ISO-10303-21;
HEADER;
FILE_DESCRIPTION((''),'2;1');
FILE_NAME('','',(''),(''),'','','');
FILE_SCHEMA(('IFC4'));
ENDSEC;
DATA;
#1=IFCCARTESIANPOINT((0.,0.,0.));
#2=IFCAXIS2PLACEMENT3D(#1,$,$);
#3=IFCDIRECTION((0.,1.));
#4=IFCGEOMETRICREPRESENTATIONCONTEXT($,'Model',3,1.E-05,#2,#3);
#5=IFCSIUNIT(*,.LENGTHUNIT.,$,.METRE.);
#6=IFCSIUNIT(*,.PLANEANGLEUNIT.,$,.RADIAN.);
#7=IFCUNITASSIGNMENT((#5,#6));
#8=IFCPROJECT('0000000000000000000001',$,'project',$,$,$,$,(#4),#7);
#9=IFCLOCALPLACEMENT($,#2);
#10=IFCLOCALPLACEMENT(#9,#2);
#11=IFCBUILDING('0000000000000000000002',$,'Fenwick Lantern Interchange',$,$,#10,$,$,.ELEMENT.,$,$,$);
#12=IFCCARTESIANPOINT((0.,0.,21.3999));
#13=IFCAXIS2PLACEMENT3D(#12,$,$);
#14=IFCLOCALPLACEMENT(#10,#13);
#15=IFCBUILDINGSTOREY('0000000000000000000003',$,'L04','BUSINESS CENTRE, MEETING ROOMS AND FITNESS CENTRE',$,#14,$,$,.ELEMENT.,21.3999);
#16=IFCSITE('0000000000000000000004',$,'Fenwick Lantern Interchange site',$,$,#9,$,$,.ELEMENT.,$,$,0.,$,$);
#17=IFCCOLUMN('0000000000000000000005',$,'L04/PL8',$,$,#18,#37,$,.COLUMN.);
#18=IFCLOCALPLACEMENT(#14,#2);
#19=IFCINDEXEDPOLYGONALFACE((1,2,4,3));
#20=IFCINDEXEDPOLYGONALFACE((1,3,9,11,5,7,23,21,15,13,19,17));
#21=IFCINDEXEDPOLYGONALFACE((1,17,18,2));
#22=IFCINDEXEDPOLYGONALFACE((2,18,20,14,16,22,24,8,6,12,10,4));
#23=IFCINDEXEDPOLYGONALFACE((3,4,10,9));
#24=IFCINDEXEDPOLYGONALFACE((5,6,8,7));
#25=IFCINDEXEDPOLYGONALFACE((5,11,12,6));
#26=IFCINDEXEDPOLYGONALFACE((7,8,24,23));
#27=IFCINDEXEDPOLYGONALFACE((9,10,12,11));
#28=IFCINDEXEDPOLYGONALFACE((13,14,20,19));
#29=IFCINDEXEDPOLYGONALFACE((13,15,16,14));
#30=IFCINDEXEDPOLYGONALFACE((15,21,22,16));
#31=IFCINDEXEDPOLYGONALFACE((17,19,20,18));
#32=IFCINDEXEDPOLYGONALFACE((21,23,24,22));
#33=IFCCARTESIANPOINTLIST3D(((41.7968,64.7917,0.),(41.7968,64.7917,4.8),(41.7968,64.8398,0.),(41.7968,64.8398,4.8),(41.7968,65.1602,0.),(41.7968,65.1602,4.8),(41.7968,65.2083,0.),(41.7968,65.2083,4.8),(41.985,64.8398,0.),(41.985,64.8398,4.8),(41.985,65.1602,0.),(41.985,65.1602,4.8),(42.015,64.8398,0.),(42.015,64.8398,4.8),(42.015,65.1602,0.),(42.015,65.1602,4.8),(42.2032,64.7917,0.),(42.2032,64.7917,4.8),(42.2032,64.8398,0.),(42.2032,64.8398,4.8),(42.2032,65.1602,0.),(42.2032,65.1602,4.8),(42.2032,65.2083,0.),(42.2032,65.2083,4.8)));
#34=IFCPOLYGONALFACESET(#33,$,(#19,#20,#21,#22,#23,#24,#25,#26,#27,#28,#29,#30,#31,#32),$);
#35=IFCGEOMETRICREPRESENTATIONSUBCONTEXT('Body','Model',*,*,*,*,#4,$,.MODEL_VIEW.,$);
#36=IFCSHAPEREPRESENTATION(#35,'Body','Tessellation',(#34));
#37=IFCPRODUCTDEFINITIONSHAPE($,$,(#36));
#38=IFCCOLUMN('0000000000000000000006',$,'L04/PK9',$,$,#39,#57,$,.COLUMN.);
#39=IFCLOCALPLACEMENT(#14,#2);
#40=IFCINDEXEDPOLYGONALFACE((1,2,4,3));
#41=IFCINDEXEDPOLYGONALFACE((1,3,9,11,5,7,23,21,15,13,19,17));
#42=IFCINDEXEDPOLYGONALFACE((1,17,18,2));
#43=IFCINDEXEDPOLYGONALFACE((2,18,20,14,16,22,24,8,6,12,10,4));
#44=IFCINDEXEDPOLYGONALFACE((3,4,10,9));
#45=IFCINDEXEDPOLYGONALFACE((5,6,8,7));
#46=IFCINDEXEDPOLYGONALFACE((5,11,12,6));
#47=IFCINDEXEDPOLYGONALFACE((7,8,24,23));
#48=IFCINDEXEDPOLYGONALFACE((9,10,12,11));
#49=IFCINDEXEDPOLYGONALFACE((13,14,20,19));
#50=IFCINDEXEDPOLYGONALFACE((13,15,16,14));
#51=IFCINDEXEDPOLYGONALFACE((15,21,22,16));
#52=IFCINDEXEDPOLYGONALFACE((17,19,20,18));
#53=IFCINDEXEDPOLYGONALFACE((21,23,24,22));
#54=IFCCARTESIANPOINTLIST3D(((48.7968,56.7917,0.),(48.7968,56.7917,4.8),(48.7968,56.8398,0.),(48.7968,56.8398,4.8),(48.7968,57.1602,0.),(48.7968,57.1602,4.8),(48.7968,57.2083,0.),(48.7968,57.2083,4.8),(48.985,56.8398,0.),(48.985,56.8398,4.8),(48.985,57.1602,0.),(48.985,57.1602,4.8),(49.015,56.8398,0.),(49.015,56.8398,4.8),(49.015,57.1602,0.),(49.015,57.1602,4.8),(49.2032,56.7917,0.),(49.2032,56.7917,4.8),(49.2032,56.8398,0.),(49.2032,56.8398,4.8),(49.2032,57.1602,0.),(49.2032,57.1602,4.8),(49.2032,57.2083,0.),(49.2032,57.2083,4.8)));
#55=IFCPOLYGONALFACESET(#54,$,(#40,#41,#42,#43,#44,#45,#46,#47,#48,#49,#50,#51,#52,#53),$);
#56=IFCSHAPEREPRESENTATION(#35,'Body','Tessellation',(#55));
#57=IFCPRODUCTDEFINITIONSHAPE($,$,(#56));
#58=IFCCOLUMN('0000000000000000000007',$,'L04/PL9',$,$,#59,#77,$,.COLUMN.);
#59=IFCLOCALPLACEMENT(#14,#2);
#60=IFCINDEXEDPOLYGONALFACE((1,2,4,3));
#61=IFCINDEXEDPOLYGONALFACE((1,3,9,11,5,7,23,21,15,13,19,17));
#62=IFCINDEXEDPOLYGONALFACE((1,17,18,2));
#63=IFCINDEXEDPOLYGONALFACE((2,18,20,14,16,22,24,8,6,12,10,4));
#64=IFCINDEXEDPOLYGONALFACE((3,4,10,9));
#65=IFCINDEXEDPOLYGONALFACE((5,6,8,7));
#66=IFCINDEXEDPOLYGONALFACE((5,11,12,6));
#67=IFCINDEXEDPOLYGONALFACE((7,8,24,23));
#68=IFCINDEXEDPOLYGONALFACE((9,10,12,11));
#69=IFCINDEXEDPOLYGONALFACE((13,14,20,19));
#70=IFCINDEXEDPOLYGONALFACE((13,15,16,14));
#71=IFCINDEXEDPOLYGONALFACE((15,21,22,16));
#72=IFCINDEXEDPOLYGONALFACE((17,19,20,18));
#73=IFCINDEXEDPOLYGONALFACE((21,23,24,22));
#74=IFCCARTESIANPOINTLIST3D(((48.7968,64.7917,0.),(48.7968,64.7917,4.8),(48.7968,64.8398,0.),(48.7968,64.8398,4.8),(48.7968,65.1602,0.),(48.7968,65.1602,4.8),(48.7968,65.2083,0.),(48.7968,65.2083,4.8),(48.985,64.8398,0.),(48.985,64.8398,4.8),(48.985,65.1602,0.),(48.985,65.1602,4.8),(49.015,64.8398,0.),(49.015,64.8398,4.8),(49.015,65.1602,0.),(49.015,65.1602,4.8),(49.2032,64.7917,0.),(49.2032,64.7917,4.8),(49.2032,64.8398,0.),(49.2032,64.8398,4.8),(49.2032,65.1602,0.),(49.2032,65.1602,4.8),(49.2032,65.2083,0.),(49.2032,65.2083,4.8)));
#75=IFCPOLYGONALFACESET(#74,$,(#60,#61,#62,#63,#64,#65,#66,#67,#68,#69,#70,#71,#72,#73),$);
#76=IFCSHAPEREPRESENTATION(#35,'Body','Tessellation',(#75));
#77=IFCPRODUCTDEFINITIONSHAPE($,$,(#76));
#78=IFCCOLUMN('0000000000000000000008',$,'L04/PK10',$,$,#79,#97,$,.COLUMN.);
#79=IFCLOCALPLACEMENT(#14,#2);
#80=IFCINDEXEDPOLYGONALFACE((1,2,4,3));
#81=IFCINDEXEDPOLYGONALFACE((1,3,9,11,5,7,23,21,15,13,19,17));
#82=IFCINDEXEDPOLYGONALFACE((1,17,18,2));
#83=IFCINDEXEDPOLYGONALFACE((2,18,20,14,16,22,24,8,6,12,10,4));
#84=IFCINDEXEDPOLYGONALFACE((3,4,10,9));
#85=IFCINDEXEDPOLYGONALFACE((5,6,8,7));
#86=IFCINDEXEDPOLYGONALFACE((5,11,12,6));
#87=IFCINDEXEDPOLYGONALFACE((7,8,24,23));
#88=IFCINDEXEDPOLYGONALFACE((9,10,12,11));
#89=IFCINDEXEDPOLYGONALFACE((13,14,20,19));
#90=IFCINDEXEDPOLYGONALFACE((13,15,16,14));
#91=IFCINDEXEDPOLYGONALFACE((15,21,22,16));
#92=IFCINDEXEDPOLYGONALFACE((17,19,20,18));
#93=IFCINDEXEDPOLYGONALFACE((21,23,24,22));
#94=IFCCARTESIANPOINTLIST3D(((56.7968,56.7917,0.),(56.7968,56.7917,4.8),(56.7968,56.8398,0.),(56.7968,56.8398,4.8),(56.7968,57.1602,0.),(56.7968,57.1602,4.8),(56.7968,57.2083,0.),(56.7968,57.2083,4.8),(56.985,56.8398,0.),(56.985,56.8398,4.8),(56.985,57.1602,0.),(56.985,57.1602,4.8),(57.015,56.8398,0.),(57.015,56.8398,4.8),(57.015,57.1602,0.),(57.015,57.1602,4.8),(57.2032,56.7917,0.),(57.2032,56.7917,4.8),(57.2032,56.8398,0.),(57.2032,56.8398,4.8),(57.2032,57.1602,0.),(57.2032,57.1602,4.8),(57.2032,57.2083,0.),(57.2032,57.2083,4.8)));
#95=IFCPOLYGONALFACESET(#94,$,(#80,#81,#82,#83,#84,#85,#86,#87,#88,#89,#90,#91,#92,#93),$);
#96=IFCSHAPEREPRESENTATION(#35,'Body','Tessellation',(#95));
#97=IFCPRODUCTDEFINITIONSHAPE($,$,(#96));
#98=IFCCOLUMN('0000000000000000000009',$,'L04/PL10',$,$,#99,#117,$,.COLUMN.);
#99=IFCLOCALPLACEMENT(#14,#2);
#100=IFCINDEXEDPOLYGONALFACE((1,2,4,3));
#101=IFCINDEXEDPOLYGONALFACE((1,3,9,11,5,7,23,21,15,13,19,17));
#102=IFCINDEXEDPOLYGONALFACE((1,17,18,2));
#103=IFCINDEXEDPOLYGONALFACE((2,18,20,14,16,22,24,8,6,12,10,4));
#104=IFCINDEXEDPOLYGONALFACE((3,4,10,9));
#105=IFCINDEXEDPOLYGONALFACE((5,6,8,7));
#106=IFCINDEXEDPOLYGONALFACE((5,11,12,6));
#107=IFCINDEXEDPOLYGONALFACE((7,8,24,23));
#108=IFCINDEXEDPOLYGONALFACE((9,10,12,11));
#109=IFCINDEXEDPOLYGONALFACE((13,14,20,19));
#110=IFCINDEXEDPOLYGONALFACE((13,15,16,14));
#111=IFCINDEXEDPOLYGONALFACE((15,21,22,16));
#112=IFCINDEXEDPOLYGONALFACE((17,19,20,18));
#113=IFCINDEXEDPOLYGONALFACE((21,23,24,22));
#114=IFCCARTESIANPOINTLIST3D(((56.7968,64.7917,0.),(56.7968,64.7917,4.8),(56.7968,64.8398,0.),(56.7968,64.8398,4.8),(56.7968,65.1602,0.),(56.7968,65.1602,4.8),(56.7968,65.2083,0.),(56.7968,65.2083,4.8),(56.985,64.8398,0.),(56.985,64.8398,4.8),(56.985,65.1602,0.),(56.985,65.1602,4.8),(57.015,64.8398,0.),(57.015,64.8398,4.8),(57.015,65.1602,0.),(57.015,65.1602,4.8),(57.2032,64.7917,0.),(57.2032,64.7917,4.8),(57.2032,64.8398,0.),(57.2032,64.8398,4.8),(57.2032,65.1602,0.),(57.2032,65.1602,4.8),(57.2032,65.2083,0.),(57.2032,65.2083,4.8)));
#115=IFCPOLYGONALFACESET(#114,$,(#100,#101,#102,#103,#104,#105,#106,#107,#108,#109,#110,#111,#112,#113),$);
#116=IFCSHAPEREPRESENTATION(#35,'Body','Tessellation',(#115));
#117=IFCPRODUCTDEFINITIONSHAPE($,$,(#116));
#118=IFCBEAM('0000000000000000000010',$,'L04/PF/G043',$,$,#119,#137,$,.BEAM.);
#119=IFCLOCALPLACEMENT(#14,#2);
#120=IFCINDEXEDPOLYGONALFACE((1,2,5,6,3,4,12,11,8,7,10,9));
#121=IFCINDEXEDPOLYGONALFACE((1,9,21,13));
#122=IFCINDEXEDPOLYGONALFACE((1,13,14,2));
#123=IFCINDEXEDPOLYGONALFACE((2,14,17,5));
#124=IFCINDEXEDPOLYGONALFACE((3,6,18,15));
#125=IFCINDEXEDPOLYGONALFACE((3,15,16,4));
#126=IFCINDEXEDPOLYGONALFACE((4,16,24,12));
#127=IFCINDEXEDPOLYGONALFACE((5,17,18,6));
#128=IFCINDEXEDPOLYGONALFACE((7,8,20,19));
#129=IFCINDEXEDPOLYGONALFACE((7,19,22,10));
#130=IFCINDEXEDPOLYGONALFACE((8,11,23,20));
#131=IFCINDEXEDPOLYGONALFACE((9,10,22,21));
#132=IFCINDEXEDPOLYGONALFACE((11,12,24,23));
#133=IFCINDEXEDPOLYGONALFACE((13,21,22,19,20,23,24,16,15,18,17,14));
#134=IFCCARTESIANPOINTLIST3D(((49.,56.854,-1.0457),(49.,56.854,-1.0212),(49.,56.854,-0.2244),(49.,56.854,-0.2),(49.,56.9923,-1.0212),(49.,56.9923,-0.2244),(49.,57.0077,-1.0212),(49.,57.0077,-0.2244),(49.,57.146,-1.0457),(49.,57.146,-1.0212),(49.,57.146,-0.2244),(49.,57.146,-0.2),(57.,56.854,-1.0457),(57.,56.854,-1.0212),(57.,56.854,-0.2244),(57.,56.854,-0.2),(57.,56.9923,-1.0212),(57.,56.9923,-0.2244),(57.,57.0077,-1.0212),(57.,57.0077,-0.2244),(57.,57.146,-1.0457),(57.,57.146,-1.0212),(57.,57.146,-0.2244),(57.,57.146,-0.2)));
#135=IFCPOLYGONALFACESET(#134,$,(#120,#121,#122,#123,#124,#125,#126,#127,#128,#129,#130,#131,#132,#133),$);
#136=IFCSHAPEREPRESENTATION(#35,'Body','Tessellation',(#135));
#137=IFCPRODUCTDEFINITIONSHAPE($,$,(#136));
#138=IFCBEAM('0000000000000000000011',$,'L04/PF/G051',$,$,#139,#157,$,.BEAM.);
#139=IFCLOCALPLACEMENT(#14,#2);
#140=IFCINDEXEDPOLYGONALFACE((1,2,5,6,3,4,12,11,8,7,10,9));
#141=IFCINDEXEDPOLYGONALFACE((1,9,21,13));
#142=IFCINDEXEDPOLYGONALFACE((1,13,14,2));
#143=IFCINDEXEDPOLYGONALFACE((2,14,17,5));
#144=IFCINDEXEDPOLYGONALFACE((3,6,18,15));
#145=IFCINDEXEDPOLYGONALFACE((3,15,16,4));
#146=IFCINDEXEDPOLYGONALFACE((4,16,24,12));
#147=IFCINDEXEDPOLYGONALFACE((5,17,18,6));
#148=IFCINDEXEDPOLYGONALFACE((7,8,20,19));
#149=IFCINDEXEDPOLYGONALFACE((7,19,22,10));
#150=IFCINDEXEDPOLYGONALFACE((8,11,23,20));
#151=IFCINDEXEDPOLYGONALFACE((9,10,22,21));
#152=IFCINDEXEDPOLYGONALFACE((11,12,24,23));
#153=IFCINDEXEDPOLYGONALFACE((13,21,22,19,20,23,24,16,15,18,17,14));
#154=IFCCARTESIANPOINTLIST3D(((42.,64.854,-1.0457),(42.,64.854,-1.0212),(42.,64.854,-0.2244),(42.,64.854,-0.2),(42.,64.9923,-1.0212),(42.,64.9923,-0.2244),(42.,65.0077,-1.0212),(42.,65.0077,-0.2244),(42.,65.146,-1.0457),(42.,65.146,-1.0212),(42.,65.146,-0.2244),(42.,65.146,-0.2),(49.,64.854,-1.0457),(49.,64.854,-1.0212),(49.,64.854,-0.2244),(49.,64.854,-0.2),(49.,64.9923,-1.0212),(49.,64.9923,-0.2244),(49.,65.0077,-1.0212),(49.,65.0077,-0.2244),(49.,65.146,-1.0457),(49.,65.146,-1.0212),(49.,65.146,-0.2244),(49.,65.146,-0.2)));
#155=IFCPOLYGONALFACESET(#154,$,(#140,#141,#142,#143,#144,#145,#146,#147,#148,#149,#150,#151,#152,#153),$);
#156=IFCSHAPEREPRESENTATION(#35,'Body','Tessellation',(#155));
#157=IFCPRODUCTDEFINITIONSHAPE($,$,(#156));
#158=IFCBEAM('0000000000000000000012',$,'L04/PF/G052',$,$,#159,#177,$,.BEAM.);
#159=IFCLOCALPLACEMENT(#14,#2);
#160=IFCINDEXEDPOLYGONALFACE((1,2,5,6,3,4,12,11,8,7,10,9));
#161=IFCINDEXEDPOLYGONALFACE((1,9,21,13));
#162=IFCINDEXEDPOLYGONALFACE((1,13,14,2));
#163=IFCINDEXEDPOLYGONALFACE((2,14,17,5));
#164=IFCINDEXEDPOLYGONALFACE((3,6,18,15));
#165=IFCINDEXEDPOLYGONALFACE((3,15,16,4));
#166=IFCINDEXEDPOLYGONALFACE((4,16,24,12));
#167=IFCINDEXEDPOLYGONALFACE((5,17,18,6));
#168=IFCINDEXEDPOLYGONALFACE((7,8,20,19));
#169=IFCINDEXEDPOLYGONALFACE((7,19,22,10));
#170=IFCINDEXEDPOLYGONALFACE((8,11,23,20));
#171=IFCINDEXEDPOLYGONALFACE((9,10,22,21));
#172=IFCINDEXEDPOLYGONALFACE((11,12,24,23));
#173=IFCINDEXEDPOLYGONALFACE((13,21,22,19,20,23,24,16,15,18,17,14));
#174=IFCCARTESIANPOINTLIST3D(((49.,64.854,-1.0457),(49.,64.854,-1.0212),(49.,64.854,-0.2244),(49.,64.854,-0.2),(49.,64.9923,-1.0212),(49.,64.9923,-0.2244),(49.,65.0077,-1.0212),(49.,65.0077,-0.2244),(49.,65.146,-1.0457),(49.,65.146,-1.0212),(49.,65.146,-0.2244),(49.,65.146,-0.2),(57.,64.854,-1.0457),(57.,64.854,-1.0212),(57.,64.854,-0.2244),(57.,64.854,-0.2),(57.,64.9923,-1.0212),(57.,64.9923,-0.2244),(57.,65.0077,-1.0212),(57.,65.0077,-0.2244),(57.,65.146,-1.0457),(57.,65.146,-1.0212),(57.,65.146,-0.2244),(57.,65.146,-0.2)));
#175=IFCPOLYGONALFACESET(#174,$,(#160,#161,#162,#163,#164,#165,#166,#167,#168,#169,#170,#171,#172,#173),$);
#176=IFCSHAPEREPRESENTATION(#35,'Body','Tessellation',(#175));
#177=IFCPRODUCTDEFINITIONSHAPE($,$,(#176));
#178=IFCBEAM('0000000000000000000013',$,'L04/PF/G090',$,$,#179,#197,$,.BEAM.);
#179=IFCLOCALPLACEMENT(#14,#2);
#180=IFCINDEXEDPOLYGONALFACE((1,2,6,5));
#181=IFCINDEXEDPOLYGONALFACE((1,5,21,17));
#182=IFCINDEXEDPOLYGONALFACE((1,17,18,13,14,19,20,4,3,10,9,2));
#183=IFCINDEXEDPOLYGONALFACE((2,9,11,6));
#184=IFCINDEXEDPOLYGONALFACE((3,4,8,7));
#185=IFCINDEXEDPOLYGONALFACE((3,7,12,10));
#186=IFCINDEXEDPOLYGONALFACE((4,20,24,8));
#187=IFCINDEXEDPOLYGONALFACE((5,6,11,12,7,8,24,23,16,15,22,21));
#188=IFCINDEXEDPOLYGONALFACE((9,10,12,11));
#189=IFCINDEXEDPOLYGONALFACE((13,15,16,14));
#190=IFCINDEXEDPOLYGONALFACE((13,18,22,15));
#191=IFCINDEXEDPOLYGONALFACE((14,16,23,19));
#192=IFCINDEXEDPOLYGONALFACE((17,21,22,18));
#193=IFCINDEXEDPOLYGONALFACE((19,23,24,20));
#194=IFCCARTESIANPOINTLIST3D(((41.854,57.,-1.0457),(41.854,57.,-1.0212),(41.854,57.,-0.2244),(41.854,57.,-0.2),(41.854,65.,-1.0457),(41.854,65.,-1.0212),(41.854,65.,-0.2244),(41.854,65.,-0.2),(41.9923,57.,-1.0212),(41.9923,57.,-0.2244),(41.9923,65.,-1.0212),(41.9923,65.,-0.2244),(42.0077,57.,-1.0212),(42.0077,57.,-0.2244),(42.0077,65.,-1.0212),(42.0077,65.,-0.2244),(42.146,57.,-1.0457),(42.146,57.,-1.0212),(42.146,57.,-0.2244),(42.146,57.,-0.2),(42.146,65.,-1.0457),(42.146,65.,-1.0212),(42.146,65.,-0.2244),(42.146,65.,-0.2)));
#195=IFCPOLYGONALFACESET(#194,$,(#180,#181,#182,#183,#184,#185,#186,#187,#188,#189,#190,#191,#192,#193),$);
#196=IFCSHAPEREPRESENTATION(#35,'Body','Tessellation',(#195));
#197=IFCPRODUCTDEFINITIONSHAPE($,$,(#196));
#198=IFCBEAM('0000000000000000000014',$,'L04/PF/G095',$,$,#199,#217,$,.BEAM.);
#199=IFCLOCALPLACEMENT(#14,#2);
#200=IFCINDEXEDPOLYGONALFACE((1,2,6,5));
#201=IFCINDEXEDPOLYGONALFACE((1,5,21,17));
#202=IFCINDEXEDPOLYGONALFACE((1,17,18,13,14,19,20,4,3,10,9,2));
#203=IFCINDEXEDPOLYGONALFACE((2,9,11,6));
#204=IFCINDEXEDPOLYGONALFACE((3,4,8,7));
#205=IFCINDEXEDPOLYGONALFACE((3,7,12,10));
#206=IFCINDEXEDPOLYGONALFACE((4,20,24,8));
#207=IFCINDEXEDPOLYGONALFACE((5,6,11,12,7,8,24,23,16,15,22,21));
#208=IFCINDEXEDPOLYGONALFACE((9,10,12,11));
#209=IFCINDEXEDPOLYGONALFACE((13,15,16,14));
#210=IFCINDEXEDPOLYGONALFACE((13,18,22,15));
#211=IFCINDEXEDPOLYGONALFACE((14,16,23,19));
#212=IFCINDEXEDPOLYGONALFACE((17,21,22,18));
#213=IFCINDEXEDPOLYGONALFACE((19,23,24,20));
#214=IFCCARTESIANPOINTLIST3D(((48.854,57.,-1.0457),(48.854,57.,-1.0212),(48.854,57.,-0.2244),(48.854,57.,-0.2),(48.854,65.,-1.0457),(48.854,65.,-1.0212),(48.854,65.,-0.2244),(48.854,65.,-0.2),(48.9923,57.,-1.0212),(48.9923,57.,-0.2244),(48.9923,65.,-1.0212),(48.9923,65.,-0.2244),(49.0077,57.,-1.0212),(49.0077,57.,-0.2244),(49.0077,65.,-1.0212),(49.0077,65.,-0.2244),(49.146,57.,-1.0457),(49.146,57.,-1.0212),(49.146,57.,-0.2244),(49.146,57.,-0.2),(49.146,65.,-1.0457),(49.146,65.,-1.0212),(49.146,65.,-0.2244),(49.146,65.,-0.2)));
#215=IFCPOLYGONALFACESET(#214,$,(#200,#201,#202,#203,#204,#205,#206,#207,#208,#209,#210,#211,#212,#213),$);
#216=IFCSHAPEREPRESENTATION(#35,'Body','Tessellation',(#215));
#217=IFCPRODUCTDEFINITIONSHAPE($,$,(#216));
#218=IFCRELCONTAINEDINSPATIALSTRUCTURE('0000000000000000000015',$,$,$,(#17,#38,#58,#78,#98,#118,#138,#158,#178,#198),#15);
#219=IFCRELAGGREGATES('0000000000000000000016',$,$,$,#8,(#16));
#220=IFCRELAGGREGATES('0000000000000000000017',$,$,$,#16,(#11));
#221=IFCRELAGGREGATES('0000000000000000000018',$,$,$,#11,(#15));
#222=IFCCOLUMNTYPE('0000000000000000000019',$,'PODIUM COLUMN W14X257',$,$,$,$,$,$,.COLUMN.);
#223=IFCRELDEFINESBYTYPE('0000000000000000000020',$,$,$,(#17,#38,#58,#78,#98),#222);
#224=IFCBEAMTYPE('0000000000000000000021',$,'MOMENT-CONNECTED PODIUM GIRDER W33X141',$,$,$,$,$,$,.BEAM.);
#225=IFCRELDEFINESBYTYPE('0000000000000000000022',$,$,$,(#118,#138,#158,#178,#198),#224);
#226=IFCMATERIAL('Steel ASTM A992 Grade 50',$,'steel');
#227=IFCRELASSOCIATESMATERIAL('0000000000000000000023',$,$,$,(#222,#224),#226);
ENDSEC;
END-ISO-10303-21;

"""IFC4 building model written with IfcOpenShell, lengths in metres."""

from ifc_helpers import new_model, si_unit, direction, frame, origin, origin_2d, place, context, subcontext, project, spatial, i_section, extrude, material, material_profile, profile_set, type_object, element, save


model = new_model("IFC4")

# Units and contexts
model_context = context("Model", 3, precision=1e-05, world=origin(), true_north=direction((0.0, 1.0)))
body_context = subcontext(model_context, "Body", "Model", "MODEL_VIEW")
ifc_project = project(units=[si_unit("LENGTHUNIT", "METRE"), si_unit("PLANEANGLEUNIT", "RADIAN")], contexts=[model_context])

# Site, building, storey
site_placement = place(None, origin())
site = spatial("IfcSite", under=ifc_project, at=site_placement, Name="Fenwick Lantern Interchange site", CompositionType="ELEMENT", RefElevation=0.0)
building_placement = place(site_placement, origin())
building = spatial("IfcBuilding", under=site, at=building_placement, Name="Fenwick Lantern Interchange", CompositionType="ELEMENT")
storey_placement = place(building_placement, frame((0.0, 0.0, 21.3999)))
storey = spatial("IfcBuildingStorey", under=building, at=storey_placement, Name="L04", Description="BUSINESS CENTRE, MEETING ROOMS AND FITNESS CENTRE", CompositionType="ELEMENT", Elevation=21.3999)

# Columns
ifc_material_1 = material(Name="Steel ASTM A992 Grade 50", Category="steel")
ifc_material_profile_1 = material_profile(ifc_material_1, i_section(OverallWidth=0.4065, OverallDepth=0.4165, WebThickness=0.03, FlangeThickness=0.0481, at=origin_2d()), Name="W14X257")
ifc_profile_set_1 = profile_set([ifc_material_profile_1], Name="Steel ASTM A992 Grade 50")
column_type = type_object("IfcColumnType", Name="PODIUM COLUMN W14X257", PredefinedType="COLUMN", material=ifc_profile_set_1)
for number, where, z_axis, x_axis, name in (
    (1, (42.0, 65.0, 0.0), (0.0, 0.0, 1.0), (1.0, 0.0, 0.0), "L04/PL8"),
    (2, (49.0, 57.0, 0.0), (0.0, 0.0, 1.0), (1.0, 0.0, 0.0), "L04/PK9"),
    (3, (49.0, 65.0, 0.0), (0.0, 0.0, 1.0), (1.0, 0.0, 0.0), "L04/PL9"),
    (4, (57.0, 57.0, 0.0), (0.0, 0.0, 1.0), (1.0, 0.0, 0.0), "L04/PK10"),
    (5, (57.0, 65.0, 0.0), (0.0, 0.0, 1.0), (1.0, 0.0, 0.0), "L04/PL10"),
):
    element("IfcColumn", number, at=place(storey_placement, frame(where, z_axis=z_axis, x_axis=x_axis)), inside=storey, type_object=column_type, Name=name, PredefinedType="COLUMN", context=body_context, shape_type="SweptSolid", body=[
        extrude(i_section(OverallWidth=0.4065, OverallDepth=0.4165, WebThickness=0.03, FlangeThickness=0.0481, at=origin_2d()), origin(), (0.0, 0.0, 1.0), 4.8),
    ])

# Beams
ifc_material_profile_2 = material_profile(ifc_material_1, i_section(OverallWidth=0.292, OverallDepth=0.8457, WebThickness=0.0154, FlangeThickness=0.0244, at=origin_2d()), Name="W33X141")
ifc_profile_set_2 = profile_set([ifc_material_profile_2], Name="Steel ASTM A992 Grade 50")
beam_type_1 = type_object("IfcBeamType", Name="MOMENT-CONNECTED PODIUM GIRDER W33X141", PredefinedType="BEAM", material=ifc_profile_set_2)
beam_1_placement = place(storey_placement, frame((49.0, 57.0, -0.6228), z_axis=(1.0, 0.0, 0.0), x_axis=(0.0, 1.0, 0.0)))
element("IfcBeam", 6, at=beam_1_placement, inside=storey, type_object=beam_type_1, Name="L04/PF/G043", PredefinedType="BEAM", context=body_context, shape_type="SweptSolid", body=[
    extrude(i_section(OverallWidth=0.292, OverallDepth=0.8457, WebThickness=0.0154, FlangeThickness=0.0244, at=origin_2d()), origin(), (0.0, 0.0, 1.0), 8.0),
])
beam_2_placement = place(storey_placement, frame((42.0, 65.0, -0.6228), z_axis=(1.0, 0.0, 0.0), x_axis=(0.0, 1.0, 0.0)))
element("IfcBeam", 7, at=beam_2_placement, inside=storey, type_object=beam_type_1, Name="L04/PF/G051", PredefinedType="BEAM", context=body_context, shape_type="SweptSolid", body=[
    extrude(i_section(OverallWidth=0.292, OverallDepth=0.8457, WebThickness=0.0154, FlangeThickness=0.0244, at=origin_2d()), origin(), (0.0, 0.0, 1.0), 7.0),
])
for number, where, z_axis, x_axis, name in (
    (8, (49.0, 65.0, -0.6228), (1.0, 0.0, 0.0), (0.0, 1.0, 0.0), "L04/PF/G052"),
    (9, (42.0, 57.0, -0.6228), (0.0, 1.0, 0.0), (-1.0, 0.0, 0.0), "L04/PF/G090"),
    (10, (49.0, 57.0, -0.6228), (0.0, 1.0, 0.0), (-1.0, 0.0, 0.0), "L04/PF/G095"),
):
    element("IfcBeam", number, at=place(storey_placement, frame(where, z_axis=z_axis, x_axis=x_axis)), inside=storey, type_object=beam_type_1, Name=name, PredefinedType="BEAM", context=body_context, shape_type="SweptSolid", body=[
        extrude(i_section(OverallWidth=0.292, OverallDepth=0.8457, WebThickness=0.0154, FlangeThickness=0.0244, at=origin_2d()), origin(), (0.0, 0.0, 1.0), 8.0),
    ])

save(model, "model.ifc")
